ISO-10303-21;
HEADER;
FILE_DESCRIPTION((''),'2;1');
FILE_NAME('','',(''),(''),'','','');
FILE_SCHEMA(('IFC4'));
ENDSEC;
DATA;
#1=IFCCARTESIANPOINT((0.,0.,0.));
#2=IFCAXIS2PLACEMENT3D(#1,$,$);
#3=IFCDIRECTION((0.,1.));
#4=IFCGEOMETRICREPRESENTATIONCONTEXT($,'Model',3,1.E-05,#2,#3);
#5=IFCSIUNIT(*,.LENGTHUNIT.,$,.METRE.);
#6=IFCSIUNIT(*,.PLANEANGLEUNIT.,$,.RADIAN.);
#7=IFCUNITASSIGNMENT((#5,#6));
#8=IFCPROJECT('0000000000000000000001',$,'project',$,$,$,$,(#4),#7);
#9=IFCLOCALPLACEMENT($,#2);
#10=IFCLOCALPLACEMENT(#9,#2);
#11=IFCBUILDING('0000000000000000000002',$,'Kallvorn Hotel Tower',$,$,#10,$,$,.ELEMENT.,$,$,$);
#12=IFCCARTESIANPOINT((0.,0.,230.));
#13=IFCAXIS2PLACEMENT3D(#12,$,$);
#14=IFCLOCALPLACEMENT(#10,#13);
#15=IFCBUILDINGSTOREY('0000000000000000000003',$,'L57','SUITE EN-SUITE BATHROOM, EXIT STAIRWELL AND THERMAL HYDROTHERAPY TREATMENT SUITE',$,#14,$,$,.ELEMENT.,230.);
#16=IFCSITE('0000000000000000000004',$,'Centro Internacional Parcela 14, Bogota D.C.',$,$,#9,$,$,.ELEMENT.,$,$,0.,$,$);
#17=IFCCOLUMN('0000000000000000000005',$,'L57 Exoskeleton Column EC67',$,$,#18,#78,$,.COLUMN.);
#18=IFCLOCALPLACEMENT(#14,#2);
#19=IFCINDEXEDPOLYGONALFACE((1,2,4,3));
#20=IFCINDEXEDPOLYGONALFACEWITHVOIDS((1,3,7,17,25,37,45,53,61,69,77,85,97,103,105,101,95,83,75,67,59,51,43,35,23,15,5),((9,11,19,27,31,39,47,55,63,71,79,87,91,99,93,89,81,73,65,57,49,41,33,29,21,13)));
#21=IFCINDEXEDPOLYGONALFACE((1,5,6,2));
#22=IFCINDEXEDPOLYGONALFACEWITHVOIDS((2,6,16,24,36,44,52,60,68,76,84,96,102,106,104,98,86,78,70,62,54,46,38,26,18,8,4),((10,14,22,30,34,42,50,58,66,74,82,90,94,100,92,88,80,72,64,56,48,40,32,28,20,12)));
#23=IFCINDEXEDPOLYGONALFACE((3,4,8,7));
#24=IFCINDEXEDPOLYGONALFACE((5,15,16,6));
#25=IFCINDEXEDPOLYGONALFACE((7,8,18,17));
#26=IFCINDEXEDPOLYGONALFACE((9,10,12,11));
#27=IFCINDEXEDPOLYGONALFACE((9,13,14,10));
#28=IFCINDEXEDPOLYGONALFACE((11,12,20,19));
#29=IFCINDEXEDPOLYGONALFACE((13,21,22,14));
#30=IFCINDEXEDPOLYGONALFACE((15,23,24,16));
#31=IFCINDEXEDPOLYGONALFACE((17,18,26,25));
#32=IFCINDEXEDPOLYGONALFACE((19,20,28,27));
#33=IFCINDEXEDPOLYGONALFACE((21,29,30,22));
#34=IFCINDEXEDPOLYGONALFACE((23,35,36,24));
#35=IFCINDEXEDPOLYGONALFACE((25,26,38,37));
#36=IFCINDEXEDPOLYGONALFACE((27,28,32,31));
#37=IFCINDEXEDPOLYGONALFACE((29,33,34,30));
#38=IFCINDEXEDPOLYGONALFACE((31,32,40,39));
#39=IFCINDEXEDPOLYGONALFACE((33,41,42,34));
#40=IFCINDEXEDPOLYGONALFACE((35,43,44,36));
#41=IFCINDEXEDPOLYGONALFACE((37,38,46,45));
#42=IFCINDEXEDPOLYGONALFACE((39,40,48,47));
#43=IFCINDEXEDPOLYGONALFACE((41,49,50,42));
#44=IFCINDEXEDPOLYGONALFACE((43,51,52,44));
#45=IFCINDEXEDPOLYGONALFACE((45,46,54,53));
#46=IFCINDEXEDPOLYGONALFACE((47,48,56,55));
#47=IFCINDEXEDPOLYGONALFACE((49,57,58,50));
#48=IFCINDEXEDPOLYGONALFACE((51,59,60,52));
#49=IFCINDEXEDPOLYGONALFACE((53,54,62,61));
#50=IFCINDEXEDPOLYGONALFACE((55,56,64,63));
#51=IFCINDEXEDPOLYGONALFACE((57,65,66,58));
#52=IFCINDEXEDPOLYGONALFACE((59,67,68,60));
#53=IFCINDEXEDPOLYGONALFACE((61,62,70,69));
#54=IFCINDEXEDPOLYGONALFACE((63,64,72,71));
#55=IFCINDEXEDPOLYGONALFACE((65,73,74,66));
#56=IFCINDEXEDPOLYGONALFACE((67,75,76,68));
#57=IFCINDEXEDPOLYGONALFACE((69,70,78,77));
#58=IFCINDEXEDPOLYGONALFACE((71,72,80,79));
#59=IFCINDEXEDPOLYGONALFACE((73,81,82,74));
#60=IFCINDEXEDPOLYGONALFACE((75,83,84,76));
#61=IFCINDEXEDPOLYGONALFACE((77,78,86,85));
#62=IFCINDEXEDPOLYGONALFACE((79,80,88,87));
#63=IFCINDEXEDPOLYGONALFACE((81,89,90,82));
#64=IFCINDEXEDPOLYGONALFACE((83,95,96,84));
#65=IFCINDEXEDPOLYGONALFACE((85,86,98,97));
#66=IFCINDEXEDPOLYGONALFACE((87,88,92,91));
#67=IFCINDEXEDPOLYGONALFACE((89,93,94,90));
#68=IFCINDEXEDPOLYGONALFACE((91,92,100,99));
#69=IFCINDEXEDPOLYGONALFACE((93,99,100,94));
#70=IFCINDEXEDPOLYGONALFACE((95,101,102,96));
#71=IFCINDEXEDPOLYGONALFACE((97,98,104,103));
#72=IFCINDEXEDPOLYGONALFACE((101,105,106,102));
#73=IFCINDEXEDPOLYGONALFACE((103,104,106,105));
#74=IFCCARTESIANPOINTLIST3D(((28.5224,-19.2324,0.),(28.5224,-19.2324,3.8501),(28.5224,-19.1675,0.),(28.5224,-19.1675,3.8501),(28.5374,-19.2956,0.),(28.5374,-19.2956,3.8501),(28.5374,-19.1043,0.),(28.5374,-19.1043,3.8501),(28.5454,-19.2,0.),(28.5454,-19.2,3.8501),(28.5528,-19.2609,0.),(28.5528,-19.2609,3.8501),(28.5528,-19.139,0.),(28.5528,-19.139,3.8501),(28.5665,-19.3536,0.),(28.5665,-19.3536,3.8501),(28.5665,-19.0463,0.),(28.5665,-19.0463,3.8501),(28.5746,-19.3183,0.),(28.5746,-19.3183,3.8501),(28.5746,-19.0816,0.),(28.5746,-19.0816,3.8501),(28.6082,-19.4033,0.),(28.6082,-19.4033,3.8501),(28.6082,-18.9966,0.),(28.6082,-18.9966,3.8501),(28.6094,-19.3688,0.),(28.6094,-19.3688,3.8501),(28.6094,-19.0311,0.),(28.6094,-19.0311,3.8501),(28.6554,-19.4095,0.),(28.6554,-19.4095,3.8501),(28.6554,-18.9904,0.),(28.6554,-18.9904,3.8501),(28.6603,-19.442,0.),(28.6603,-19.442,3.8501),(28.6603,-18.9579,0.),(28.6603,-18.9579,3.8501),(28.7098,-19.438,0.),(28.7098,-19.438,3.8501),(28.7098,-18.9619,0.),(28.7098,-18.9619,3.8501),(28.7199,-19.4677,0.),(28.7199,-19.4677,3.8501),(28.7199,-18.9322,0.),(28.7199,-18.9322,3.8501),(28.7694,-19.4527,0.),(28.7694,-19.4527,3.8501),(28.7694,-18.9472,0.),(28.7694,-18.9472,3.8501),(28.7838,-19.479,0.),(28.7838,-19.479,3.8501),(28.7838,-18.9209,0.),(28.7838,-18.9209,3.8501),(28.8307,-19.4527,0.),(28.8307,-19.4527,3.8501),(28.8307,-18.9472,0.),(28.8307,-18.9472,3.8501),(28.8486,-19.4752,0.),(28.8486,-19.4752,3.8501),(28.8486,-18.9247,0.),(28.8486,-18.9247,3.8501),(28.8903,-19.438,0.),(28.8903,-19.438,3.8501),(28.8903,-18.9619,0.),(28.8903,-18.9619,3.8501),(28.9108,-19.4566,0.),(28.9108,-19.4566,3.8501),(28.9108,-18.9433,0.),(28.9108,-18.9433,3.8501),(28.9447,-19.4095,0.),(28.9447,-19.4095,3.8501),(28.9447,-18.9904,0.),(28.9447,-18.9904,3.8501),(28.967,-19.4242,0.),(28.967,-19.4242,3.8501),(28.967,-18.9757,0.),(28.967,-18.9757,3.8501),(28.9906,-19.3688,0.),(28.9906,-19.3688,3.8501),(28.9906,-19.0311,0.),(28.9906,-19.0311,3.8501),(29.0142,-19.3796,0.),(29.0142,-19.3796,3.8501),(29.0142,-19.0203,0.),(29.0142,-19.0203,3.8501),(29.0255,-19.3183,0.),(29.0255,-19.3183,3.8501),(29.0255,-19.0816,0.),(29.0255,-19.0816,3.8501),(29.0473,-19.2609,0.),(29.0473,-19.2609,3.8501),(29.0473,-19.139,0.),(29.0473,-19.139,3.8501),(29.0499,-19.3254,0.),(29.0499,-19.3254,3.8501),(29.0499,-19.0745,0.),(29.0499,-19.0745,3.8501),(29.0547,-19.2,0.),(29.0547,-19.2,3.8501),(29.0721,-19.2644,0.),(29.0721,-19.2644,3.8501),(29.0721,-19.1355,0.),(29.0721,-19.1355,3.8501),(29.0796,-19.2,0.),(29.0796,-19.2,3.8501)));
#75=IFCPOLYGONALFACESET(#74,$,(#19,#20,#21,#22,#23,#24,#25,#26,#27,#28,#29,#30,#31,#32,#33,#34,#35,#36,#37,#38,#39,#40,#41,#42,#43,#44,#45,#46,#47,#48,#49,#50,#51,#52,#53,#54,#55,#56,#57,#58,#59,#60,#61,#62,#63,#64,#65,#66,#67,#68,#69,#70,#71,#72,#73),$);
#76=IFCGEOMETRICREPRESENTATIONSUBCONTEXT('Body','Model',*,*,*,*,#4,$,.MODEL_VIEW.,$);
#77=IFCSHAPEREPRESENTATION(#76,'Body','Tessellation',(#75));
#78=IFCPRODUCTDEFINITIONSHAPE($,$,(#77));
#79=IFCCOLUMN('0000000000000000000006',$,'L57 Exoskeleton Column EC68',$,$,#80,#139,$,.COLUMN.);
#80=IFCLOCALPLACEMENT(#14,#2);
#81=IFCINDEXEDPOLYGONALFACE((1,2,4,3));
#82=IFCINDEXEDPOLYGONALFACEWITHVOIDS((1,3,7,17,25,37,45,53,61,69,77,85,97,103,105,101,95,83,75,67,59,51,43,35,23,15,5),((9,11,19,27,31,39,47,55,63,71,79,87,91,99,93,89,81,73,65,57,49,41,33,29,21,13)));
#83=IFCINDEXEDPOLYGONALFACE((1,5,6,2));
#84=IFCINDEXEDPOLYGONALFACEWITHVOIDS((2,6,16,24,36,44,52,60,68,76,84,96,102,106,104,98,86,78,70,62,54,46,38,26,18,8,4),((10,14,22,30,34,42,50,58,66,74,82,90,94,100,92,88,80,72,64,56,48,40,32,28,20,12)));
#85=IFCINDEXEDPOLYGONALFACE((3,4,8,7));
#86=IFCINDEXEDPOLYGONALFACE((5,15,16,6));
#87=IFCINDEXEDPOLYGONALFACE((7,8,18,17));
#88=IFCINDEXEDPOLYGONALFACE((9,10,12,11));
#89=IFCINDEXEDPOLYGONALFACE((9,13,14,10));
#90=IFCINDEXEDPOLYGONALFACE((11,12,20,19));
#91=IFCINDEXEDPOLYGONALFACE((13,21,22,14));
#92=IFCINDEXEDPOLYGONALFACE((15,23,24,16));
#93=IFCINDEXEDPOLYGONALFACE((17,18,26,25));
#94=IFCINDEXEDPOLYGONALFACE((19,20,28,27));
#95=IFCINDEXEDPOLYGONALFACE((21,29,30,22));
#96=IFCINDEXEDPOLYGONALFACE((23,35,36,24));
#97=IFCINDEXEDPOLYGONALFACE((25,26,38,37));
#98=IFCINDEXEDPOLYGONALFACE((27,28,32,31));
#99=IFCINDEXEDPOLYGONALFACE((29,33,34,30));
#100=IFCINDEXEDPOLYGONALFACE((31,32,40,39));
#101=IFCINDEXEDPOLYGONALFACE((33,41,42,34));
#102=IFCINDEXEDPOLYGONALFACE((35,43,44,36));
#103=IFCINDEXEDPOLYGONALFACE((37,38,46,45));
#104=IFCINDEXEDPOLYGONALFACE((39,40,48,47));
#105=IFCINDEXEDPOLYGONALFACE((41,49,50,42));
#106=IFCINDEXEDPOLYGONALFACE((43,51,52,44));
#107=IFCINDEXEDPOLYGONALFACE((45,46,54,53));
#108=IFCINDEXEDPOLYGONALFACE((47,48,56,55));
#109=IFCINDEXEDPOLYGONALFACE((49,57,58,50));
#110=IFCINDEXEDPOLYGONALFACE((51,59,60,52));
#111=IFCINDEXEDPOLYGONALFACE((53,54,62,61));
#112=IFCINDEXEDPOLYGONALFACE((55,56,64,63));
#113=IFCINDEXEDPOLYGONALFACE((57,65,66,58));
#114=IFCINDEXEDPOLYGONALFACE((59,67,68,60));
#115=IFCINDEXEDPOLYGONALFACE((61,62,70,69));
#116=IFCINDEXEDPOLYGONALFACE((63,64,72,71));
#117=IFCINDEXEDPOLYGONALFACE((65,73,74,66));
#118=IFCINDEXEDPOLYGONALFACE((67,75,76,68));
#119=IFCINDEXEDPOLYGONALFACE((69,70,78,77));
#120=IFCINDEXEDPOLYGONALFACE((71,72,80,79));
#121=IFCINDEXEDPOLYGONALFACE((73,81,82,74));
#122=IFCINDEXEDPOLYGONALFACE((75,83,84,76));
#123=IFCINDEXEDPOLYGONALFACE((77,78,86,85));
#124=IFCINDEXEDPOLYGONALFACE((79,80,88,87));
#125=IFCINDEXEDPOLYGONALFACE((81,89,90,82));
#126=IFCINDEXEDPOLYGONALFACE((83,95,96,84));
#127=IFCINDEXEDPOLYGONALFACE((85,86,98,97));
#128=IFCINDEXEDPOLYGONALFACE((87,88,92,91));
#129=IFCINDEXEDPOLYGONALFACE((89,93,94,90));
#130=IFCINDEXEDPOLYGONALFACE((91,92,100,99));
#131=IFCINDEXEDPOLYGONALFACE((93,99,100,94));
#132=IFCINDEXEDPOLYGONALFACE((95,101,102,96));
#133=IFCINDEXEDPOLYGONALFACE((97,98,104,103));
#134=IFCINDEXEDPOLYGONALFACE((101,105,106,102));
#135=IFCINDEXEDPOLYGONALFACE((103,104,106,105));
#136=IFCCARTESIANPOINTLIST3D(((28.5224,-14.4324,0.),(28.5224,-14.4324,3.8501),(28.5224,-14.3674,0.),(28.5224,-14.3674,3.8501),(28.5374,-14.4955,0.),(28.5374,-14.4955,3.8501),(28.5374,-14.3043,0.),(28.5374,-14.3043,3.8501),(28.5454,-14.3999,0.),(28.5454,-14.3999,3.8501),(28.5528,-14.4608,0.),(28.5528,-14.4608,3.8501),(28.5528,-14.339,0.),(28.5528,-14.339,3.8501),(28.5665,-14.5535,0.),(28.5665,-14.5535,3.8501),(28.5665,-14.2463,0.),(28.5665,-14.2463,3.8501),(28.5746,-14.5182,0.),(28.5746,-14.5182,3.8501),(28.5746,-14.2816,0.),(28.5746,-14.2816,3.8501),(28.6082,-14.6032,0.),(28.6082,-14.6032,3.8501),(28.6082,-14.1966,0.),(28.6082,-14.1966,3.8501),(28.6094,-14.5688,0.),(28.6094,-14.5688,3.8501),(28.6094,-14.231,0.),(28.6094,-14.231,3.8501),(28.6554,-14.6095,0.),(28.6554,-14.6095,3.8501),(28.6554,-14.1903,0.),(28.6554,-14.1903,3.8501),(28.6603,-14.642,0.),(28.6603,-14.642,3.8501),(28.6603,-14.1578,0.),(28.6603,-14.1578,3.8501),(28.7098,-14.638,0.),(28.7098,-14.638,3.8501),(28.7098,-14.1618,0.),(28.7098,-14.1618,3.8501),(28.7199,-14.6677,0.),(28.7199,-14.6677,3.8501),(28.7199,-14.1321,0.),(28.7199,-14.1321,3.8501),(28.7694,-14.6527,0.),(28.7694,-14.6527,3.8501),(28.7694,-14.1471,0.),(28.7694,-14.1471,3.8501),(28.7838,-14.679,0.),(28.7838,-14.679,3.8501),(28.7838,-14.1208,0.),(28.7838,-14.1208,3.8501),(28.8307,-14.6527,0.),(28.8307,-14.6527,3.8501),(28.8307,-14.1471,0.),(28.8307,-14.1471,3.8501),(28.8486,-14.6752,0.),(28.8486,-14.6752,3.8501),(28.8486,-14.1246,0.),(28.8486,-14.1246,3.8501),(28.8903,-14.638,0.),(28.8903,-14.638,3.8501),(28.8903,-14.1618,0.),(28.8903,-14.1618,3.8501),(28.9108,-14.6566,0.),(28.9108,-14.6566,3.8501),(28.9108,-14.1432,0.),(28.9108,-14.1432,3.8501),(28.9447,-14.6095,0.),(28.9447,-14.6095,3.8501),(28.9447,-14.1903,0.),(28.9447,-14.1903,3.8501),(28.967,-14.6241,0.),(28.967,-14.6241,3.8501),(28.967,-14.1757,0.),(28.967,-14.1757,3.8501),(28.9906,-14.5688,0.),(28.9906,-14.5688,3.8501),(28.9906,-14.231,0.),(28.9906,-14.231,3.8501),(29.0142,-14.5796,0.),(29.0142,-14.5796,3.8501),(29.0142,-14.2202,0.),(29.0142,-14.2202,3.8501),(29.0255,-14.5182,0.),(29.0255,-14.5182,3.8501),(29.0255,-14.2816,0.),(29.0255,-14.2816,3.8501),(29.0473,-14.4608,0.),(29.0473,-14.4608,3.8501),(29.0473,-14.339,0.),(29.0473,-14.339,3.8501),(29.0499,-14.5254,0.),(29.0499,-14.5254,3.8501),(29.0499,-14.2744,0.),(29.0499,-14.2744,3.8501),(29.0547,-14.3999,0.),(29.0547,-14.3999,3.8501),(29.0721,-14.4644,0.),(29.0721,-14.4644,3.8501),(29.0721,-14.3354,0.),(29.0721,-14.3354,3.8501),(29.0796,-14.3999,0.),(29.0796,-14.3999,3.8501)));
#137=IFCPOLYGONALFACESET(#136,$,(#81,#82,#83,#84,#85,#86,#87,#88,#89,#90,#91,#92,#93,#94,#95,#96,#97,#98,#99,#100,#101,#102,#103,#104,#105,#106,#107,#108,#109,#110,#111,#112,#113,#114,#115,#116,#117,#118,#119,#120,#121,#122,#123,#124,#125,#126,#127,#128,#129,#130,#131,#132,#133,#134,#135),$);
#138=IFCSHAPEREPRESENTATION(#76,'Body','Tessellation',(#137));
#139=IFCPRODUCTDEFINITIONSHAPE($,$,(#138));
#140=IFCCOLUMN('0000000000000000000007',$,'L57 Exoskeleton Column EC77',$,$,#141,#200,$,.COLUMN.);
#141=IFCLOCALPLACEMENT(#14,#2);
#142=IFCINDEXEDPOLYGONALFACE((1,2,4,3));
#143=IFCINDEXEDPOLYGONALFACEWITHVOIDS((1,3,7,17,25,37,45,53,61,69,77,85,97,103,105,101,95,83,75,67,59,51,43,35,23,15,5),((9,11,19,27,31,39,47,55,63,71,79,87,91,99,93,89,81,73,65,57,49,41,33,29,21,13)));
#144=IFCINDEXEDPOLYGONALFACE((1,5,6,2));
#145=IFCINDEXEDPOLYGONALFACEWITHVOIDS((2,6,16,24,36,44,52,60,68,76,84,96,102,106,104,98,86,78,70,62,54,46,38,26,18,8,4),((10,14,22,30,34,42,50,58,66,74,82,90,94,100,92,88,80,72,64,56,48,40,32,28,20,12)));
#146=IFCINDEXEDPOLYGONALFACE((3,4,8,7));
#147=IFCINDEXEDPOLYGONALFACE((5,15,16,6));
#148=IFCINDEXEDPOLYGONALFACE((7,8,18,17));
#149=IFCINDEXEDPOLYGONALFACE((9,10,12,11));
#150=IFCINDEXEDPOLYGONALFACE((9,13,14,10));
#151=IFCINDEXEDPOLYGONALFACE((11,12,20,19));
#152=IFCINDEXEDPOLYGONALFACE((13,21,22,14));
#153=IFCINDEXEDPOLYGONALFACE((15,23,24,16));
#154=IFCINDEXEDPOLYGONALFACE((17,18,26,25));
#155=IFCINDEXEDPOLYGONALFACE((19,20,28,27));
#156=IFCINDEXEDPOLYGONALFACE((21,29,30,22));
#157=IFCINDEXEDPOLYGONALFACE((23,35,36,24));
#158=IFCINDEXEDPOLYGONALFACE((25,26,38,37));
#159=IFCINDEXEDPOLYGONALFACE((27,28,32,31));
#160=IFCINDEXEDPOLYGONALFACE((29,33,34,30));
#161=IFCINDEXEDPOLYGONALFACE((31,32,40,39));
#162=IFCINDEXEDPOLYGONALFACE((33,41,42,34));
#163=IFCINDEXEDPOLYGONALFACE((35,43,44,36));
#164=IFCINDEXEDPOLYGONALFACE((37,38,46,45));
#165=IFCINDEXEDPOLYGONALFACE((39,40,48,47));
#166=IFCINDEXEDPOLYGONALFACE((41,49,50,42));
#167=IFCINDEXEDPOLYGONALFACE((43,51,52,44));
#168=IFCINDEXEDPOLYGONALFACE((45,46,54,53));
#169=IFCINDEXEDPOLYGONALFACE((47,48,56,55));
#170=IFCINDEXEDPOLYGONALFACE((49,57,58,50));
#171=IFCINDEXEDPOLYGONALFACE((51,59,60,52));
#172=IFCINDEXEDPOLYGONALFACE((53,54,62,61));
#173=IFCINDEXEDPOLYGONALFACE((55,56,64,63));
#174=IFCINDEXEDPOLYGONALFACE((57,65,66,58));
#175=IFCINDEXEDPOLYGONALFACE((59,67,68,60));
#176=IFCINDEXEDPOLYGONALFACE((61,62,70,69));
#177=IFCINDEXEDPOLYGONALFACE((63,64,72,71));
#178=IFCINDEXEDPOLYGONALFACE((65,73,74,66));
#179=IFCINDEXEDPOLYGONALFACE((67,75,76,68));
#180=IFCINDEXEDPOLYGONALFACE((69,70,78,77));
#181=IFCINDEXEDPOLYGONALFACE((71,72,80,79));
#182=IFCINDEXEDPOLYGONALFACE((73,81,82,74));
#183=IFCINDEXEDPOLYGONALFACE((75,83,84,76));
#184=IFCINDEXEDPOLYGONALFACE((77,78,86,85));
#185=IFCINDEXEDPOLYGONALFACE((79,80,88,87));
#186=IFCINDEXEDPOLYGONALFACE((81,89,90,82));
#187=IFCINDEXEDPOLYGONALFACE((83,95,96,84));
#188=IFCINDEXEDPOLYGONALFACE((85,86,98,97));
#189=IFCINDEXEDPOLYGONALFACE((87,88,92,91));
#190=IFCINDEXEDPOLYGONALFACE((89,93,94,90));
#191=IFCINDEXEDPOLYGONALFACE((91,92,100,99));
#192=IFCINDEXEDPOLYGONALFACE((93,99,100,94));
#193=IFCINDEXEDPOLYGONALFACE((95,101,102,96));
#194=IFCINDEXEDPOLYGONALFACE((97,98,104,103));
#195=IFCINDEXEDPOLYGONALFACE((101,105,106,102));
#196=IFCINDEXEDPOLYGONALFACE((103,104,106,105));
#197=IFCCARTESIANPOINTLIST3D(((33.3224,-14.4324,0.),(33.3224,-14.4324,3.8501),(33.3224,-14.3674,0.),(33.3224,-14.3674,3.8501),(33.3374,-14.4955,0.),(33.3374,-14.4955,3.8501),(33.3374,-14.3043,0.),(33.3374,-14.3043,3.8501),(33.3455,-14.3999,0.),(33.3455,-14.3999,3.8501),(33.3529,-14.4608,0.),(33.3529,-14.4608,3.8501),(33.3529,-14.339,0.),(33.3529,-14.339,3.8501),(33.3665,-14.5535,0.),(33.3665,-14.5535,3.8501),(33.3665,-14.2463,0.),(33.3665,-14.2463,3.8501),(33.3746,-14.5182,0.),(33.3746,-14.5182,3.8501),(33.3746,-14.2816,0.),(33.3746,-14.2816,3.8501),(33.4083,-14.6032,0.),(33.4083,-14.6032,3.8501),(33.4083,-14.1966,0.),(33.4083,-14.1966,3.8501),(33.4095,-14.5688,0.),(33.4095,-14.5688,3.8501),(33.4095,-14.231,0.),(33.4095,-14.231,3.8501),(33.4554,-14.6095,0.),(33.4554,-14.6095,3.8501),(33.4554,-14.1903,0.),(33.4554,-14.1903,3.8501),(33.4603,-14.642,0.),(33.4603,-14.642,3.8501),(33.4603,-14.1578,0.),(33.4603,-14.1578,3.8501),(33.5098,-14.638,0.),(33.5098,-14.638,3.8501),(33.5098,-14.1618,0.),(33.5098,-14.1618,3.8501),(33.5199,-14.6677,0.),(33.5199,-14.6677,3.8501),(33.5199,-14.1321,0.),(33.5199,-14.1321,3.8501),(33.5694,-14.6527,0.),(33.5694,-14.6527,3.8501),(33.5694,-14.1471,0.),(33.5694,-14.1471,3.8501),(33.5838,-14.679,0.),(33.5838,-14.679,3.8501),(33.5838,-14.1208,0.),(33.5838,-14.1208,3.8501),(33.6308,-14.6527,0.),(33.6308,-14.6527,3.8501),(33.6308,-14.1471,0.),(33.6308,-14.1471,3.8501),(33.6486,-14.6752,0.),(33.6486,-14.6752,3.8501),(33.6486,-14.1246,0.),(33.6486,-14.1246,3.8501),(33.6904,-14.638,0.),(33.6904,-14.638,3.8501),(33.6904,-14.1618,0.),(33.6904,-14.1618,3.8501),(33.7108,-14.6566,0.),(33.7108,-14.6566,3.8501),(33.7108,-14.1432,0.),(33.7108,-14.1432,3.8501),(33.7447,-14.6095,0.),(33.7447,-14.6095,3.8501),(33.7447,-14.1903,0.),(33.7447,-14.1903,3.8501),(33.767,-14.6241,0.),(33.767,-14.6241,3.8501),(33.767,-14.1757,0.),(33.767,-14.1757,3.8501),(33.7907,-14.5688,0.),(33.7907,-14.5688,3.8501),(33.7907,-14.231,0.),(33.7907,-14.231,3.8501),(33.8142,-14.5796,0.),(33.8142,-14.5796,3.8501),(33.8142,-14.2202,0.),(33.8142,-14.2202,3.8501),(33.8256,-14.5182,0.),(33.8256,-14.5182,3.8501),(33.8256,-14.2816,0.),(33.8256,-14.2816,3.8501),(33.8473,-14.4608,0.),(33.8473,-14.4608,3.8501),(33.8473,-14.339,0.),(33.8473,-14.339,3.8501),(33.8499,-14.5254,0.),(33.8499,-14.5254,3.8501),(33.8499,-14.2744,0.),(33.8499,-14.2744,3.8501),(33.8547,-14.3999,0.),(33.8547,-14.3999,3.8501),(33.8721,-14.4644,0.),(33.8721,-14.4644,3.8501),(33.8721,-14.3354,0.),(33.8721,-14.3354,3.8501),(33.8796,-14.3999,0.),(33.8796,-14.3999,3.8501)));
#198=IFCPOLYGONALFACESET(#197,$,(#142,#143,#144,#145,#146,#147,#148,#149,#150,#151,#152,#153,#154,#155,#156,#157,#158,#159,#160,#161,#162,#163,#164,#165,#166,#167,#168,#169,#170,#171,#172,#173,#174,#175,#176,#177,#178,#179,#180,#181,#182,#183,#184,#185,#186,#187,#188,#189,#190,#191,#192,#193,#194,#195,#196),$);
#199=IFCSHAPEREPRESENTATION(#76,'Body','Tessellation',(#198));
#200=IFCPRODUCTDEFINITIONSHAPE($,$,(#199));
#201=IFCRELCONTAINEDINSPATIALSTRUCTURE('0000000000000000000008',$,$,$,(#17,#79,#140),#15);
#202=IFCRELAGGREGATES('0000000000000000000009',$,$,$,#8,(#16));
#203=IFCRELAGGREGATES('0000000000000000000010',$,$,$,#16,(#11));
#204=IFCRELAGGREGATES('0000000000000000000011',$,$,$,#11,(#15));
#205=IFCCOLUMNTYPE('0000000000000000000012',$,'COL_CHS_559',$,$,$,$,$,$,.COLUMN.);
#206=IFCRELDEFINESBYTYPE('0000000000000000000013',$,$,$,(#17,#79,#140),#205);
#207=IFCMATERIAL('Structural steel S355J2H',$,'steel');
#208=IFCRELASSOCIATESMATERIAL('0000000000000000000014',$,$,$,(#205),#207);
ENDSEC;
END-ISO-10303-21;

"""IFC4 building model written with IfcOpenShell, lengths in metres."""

from ifc_helpers import new_model, si_unit, direction, frame, origin, origin_2d, place, context, subcontext, project, spatial, hollow_circle, extrude, material, material_profile, profile_set, type_object, element, save


model = new_model("IFC4")

# Units and contexts
model_context = context("Model", 3, precision=1e-05, world=origin(), true_north=direction((0.0, 1.0)))
body_context = subcontext(model_context, "Body", "Model", "MODEL_VIEW")
ifc_project = project(units=[si_unit("LENGTHUNIT", "METRE"), si_unit("PLANEANGLEUNIT", "RADIAN")], contexts=[model_context])

# Site, building, storey
site_placement = place(None, origin())
site = spatial("IfcSite", under=ifc_project, at=site_placement, Name="Centro Internacional Parcela 14, Bogota D.C.", CompositionType="ELEMENT", RefElevation=0.0)
building_placement = place(site_placement, origin())
building = spatial("IfcBuilding", under=site, at=building_placement, Name="Kallvorn Hotel Tower", CompositionType="ELEMENT")
storey_placement = place(building_placement, frame((0.0, 0.0, 230.0)))
storey = spatial("IfcBuildingStorey", under=building, at=storey_placement, Name="L57", Description="SUITE EN-SUITE BATHROOM, EXIT STAIRWELL AND THERMAL HYDROTHERAPY TREATMENT SUITE", CompositionType="ELEMENT", Elevation=230.0)

# Columns
ifc_material_1 = material(Name="Structural steel S355J2H", Category="steel")
ifc_material_profile_1 = material_profile(ifc_material_1, hollow_circle(Radius=0.2795, WallThickness=0.0249, at=origin_2d()), Name="CHS 559x25")
ifc_profile_set_1 = profile_set([ifc_material_profile_1], Name="Structural steel S355J2H")
column_type_1 = type_object("IfcColumnType", Name="COL_CHS_559", PredefinedType="COLUMN", material=ifc_profile_set_1)
for number, where, z_axis, x_axis, name in (
    (1, (28.8, -19.2, 0.0), (0.0, 0.0, 1.0), (1.0, 0.0, 0.0), "L57 Exoskeleton Column EC67"),
    (2, (28.8, -14.3999, 0.0), (0.0, 0.0, 1.0), (1.0, 0.0, 0.0), "L57 Exoskeleton Column EC68"),
    (3, (33.6001, -14.3999, 0.0), (0.0, 0.0, 1.0), (1.0, 0.0, 0.0), "L57 Exoskeleton Column EC77"),
):
    element("IfcColumn", number, at=place(storey_placement, frame(where, z_axis=z_axis, x_axis=x_axis)), inside=storey, type_object=column_type_1, Name=name, PredefinedType="COLUMN", context=body_context, shape_type="SweptSolid", body=[
        extrude(hollow_circle(Radius=0.2795, WallThickness=0.0249, at=origin_2d()), origin(), (0.0, 0.0, 1.0), 3.8501),
    ])

save(model, "model.ifc")
